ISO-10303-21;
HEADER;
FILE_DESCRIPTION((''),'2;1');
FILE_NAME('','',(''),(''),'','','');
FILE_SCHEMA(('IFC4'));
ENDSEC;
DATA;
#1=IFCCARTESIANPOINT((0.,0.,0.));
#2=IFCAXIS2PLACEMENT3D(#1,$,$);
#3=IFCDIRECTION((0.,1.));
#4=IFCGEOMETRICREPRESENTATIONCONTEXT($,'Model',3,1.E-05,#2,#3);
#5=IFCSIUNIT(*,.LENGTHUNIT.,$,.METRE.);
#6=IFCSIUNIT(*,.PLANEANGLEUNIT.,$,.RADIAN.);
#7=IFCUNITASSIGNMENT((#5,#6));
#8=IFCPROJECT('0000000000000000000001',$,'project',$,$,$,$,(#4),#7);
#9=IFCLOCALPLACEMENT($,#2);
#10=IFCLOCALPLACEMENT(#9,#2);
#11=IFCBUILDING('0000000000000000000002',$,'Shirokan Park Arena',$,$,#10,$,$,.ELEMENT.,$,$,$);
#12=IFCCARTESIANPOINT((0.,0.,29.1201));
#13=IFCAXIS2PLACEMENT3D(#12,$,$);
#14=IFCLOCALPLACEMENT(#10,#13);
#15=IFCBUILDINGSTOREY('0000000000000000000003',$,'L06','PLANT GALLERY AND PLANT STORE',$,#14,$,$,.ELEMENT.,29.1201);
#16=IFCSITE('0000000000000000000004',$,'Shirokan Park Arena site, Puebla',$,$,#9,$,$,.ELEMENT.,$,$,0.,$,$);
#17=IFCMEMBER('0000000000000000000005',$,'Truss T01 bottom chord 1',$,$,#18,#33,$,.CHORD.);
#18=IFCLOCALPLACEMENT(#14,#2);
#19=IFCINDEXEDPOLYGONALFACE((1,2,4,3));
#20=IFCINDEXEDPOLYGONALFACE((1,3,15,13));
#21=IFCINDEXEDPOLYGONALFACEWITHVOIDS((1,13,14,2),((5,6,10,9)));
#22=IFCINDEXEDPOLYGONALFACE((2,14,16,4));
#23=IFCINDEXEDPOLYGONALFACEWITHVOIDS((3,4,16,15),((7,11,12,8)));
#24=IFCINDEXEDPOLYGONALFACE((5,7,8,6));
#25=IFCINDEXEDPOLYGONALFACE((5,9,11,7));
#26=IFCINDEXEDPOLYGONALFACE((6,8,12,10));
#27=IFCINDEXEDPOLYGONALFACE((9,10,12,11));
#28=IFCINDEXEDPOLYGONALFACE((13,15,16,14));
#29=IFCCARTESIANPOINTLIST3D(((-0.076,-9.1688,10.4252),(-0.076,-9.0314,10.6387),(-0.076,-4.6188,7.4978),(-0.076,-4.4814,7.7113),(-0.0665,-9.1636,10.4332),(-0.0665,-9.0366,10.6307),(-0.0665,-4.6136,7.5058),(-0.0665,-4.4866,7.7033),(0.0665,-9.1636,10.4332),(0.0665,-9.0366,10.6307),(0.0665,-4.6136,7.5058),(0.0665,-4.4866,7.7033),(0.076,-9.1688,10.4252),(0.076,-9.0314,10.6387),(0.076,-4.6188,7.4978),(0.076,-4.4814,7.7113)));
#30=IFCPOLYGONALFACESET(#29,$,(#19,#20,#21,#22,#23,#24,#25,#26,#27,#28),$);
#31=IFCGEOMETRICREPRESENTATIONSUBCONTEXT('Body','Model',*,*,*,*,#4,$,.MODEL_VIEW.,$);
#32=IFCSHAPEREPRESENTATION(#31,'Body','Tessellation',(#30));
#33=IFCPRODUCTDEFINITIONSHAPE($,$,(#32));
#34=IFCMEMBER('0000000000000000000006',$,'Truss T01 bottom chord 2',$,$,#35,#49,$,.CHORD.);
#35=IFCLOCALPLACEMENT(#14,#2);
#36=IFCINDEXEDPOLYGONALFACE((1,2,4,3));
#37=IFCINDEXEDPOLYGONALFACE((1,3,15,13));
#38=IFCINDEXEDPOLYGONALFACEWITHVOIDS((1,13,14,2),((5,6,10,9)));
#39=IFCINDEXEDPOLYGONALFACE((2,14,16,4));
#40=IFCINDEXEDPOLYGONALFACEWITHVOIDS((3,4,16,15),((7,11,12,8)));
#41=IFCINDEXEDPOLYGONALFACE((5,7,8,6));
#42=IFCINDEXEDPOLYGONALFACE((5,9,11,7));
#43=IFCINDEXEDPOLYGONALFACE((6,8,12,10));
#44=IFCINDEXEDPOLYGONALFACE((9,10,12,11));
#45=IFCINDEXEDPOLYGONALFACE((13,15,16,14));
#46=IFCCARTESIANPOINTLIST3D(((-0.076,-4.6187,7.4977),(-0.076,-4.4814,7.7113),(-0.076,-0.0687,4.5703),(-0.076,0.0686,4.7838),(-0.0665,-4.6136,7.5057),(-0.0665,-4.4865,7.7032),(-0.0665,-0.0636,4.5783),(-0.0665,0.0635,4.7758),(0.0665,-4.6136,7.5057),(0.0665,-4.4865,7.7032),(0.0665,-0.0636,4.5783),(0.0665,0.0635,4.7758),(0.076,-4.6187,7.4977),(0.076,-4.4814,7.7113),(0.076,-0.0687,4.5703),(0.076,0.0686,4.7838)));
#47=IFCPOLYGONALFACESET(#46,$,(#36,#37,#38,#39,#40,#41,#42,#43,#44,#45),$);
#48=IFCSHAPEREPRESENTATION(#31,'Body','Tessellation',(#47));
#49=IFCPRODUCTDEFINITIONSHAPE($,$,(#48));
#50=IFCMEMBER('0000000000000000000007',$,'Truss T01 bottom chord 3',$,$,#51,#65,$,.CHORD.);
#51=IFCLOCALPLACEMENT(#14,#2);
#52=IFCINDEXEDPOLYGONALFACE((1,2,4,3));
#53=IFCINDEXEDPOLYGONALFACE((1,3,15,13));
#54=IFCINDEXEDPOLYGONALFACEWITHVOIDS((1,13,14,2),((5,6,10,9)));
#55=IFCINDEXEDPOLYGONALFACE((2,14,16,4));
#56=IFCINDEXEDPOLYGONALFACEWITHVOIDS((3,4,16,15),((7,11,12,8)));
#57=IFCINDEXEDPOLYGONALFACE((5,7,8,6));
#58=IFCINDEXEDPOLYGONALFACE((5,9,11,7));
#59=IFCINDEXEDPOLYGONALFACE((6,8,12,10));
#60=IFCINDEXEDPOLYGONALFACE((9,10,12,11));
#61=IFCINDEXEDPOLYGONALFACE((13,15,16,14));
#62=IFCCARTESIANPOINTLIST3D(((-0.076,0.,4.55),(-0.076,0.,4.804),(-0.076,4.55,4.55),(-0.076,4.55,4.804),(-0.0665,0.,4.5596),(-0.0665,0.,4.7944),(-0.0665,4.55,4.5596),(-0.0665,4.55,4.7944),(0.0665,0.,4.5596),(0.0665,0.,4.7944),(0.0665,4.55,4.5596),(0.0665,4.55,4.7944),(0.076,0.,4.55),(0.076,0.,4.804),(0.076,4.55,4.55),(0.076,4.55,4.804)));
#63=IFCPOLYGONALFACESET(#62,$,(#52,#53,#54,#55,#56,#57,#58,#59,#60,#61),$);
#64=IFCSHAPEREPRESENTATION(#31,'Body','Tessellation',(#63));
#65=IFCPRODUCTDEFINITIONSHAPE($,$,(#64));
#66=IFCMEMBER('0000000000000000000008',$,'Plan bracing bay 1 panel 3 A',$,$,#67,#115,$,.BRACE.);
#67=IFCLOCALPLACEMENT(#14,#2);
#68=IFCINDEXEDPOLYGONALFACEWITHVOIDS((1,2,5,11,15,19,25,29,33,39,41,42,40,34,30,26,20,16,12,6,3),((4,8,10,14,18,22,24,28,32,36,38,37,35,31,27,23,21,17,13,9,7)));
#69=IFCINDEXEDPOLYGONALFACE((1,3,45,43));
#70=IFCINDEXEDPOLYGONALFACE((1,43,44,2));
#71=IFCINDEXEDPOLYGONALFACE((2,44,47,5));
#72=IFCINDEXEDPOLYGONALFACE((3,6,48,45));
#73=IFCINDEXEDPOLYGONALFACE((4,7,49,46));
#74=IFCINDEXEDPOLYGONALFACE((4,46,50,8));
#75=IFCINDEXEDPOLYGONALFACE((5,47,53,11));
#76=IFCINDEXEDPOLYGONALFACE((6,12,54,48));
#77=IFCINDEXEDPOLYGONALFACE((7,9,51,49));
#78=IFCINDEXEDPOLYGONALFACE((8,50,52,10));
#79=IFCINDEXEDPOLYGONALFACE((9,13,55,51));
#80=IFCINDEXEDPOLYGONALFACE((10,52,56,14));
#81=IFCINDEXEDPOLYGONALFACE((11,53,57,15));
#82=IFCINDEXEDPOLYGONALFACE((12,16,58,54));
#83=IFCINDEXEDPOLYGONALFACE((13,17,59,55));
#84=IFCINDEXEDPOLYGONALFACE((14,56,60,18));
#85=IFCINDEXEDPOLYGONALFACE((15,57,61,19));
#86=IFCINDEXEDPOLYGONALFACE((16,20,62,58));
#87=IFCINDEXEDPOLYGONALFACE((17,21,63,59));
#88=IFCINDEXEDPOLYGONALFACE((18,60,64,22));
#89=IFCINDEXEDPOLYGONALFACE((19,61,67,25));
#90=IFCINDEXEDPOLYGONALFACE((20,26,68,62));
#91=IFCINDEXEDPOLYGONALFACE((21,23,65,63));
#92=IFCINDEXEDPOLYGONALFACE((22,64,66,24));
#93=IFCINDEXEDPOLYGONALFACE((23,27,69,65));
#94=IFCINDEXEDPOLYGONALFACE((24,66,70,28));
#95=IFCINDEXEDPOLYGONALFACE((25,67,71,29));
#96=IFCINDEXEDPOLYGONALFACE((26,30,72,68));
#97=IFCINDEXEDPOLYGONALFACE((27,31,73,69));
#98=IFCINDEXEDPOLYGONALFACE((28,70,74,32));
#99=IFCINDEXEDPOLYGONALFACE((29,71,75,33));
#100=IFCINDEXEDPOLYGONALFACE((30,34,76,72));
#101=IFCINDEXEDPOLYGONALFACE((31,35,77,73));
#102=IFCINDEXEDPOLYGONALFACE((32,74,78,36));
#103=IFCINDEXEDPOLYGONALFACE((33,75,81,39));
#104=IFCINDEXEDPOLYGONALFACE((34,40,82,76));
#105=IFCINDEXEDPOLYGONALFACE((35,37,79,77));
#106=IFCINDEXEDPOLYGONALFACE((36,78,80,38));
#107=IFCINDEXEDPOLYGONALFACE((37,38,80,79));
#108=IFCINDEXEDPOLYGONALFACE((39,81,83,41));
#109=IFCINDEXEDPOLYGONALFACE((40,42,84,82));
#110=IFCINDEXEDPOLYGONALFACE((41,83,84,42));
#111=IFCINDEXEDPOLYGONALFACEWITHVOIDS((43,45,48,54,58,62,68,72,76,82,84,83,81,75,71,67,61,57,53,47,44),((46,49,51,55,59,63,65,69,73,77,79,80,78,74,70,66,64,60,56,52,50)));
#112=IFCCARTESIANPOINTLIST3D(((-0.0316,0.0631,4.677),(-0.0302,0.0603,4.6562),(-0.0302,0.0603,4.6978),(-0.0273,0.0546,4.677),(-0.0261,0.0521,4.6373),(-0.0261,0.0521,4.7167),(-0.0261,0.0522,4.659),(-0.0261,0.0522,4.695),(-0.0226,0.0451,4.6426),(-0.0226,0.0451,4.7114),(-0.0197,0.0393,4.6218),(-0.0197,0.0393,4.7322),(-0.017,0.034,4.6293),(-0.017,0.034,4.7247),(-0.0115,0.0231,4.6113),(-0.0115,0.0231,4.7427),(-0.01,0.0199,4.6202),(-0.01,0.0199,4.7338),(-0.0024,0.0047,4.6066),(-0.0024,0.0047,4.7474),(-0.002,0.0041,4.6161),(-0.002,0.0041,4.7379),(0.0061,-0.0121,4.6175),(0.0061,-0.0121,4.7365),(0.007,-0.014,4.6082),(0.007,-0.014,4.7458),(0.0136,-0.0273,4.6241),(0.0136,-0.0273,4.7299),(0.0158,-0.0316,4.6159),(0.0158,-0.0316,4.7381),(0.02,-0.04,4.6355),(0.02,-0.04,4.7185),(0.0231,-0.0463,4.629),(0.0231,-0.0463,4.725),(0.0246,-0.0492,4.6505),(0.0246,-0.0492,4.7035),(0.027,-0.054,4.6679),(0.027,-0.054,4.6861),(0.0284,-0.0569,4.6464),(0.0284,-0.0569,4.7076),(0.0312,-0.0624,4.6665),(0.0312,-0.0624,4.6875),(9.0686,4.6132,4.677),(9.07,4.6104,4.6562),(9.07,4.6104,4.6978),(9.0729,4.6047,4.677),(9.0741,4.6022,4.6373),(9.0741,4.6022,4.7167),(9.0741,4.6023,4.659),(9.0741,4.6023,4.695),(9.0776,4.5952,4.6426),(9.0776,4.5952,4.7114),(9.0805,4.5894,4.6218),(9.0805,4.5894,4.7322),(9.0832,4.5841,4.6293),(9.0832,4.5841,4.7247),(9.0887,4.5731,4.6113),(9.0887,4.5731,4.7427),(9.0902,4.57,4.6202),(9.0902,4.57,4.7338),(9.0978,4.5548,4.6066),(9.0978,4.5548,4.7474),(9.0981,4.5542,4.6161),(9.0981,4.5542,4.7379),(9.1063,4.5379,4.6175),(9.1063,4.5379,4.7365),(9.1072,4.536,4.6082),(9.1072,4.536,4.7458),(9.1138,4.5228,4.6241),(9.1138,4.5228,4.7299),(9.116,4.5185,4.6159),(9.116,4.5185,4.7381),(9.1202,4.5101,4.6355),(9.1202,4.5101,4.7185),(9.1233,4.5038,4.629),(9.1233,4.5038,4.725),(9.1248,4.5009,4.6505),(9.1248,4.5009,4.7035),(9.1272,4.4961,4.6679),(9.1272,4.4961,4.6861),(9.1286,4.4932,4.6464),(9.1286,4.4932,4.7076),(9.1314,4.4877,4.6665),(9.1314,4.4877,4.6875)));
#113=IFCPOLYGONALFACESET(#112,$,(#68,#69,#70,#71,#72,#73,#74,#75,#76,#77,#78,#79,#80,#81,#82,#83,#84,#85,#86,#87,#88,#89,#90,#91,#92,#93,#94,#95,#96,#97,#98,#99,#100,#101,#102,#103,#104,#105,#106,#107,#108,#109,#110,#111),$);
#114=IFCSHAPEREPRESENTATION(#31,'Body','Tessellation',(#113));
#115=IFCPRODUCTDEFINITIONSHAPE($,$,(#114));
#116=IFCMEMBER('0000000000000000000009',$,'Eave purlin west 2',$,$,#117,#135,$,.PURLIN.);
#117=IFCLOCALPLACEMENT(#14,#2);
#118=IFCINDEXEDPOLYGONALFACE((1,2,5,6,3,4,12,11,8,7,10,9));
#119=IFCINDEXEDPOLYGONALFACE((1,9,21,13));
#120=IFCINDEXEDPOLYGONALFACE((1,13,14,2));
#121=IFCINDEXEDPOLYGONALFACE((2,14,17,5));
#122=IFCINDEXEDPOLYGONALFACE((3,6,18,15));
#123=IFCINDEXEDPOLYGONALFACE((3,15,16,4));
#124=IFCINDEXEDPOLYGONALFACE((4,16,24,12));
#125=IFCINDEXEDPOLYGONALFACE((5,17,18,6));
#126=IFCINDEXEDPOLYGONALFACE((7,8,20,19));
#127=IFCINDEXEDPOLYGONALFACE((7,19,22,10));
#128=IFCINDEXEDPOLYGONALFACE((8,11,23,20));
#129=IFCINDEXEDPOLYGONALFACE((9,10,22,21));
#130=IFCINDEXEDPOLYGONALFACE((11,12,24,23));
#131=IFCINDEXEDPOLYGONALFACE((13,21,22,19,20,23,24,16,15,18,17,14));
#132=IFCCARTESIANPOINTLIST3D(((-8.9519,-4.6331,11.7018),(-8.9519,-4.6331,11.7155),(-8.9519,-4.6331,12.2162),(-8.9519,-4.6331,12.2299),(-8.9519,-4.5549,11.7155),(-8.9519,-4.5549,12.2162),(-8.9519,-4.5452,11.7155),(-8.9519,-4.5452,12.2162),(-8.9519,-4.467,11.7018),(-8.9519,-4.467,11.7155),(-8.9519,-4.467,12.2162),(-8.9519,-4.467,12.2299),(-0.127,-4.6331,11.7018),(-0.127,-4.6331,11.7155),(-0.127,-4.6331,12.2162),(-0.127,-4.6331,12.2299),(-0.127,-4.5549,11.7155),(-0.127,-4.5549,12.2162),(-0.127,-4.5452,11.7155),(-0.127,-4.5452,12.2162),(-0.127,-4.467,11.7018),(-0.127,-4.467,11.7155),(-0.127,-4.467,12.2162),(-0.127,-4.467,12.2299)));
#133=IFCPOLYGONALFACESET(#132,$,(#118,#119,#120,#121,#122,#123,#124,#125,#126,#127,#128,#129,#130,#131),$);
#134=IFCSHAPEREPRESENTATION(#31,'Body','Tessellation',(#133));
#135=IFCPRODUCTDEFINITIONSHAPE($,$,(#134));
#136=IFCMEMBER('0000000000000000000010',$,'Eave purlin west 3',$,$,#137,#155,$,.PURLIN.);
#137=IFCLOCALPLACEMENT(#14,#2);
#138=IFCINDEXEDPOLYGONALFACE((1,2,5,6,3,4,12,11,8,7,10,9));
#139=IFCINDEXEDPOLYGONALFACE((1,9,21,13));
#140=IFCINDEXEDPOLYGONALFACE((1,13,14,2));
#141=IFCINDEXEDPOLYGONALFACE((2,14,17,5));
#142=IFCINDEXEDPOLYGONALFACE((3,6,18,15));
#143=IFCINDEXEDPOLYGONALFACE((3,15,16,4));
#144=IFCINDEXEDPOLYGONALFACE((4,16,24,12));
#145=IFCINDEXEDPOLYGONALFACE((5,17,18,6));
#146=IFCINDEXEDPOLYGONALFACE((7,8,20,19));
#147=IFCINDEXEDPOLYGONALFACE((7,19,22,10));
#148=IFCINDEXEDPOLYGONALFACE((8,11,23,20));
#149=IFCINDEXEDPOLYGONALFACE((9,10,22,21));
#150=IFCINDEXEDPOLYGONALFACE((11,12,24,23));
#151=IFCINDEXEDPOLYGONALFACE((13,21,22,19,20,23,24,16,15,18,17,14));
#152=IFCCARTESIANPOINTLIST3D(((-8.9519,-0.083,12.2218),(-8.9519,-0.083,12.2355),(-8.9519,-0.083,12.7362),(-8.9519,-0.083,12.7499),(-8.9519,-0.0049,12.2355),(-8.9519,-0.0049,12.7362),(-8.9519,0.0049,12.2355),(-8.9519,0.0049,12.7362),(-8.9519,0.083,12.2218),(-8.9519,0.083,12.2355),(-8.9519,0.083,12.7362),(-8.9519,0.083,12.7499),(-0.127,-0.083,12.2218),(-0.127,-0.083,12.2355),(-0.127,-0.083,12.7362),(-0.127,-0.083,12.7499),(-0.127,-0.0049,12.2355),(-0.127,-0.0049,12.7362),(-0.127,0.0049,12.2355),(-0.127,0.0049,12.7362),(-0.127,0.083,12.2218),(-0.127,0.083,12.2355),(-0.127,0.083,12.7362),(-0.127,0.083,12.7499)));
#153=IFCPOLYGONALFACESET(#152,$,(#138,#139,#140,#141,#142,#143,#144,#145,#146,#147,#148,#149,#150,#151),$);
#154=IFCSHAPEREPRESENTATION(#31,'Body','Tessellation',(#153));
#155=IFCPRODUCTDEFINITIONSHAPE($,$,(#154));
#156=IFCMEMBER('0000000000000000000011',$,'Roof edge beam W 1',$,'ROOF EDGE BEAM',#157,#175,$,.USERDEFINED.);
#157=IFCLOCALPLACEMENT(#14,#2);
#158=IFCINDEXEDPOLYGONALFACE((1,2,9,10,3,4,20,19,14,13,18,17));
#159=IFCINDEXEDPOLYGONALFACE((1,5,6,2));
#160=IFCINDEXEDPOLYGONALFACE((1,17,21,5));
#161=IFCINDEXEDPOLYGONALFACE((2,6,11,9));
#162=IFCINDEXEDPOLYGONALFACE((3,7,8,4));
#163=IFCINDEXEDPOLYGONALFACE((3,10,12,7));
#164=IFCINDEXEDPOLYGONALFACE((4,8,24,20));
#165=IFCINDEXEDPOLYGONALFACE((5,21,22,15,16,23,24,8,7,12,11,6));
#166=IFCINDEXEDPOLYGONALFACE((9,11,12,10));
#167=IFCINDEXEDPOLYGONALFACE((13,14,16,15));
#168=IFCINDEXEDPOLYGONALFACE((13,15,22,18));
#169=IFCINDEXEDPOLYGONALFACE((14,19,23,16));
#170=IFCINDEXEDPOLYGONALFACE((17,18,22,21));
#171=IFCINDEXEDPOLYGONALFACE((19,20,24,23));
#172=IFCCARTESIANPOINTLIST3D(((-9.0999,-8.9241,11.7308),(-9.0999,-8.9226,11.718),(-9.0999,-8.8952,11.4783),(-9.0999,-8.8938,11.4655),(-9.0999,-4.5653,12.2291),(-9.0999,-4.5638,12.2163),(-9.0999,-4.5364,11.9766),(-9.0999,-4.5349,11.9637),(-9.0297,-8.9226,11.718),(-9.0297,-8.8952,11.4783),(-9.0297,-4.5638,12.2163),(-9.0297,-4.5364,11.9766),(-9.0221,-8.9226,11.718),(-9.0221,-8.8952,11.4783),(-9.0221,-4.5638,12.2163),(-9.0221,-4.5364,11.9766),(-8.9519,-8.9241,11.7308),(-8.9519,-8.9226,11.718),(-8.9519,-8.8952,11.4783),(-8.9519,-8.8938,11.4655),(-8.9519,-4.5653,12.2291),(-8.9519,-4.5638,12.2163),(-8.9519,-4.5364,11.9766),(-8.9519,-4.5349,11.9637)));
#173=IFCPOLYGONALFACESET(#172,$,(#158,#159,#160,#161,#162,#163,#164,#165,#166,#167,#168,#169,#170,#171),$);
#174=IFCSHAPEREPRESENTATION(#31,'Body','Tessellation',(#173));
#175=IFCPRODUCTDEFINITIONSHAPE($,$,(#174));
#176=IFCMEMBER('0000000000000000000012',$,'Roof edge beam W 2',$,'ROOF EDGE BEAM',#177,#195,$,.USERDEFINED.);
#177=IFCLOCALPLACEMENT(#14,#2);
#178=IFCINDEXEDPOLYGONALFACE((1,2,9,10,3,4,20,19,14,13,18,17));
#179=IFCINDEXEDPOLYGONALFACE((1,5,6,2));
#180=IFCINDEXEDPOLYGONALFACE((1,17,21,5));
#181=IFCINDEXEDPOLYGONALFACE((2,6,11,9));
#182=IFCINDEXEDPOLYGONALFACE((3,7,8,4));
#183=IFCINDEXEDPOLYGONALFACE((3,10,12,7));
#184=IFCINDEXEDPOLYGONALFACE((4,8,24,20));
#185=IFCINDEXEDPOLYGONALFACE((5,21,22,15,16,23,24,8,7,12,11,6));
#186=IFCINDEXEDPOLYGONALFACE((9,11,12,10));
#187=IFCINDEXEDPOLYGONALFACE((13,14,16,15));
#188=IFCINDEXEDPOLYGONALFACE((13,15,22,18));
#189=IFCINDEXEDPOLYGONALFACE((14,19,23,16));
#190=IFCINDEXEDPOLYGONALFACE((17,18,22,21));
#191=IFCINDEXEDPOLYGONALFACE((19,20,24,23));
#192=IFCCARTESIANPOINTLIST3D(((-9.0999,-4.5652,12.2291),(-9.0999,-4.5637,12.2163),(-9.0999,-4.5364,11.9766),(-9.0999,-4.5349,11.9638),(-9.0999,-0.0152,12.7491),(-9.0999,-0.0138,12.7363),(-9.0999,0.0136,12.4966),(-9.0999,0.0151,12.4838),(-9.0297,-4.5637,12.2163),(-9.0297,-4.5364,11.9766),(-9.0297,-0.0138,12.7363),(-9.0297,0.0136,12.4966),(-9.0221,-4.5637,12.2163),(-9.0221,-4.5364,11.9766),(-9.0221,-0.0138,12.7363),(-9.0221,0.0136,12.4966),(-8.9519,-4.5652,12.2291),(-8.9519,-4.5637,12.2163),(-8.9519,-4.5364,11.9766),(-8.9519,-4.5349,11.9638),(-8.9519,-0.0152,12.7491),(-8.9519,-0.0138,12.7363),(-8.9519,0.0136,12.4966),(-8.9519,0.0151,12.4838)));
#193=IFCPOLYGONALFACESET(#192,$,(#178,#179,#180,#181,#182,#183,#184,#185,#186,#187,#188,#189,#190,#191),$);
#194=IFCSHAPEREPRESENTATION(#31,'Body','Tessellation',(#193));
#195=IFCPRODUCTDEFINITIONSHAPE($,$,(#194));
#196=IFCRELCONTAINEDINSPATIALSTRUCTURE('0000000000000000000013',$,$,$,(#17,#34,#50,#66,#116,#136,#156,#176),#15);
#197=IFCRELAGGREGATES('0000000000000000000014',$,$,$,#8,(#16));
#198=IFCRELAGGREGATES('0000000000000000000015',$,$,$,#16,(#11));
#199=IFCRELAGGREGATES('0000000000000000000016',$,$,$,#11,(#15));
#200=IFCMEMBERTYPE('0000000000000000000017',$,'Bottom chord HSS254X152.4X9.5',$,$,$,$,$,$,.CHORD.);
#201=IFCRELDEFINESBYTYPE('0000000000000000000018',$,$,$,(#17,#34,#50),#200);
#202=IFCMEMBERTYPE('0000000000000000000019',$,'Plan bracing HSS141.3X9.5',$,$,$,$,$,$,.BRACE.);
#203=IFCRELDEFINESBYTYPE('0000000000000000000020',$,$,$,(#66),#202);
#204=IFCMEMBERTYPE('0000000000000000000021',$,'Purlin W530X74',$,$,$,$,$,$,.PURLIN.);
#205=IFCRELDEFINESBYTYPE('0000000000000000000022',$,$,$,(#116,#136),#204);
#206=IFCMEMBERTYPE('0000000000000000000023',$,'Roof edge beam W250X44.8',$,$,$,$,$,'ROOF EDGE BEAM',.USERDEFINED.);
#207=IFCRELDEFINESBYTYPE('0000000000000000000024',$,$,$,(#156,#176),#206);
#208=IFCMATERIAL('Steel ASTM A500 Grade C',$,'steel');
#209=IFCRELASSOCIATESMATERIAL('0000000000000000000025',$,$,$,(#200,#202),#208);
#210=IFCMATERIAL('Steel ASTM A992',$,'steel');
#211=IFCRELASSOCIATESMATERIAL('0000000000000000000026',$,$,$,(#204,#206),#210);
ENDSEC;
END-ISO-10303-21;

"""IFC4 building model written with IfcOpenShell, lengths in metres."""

from ifc_helpers import new_model, si_unit, direction, frame, origin, origin_2d, place, context, subcontext, project, spatial, hollow_rectangle, hollow_circle, i_section, extrude, material, material_profile, profile_set, type_object, element, save


model = new_model("IFC4")

# Units and contexts
model_context = context("Model", 3, precision=1e-05, world=origin(), true_north=direction((0.0, 1.0)))
body_context = subcontext(model_context, "Body", "Model", "MODEL_VIEW")
ifc_project = project(units=[si_unit("LENGTHUNIT", "METRE"), si_unit("PLANEANGLEUNIT", "RADIAN")], contexts=[model_context])

# Site, building, storey
site_placement = place(None, origin())
site = spatial("IfcSite", under=ifc_project, at=site_placement, Name="Shirokan Park Arena site, Puebla", CompositionType="ELEMENT", RefElevation=0.0)
building_placement = place(site_placement, origin())
building = spatial("IfcBuilding", under=site, at=building_placement, Name="Shirokan Park Arena", CompositionType="ELEMENT")
storey_placement = place(building_placement, frame((0.0, 0.0, 29.1201)))
storey = spatial("IfcBuildingStorey", under=building, at=storey_placement, Name="L06", Description="PLANT GALLERY AND PLANT STORE", CompositionType="ELEMENT", Elevation=29.1201)

# Members
ifc_material_1 = material(Name="Steel ASTM A500 Grade C", Category="steel")
ifc_material_profile_1 = material_profile(ifc_material_1, hollow_rectangle(XDim=0.1521, YDim=0.2539, WallThickness=0.0095, at=origin_2d()), Name="HSS254X152.4X9.5")
ifc_profile_set_1 = profile_set([ifc_material_profile_1], Name="Steel ASTM A500 Grade C")
member_type_1 = type_object("IfcMemberType", Name="Bottom chord HSS254X152.4X9.5", PredefinedType="CHORD", material=ifc_profile_set_1)
for number, where, z_axis, x_axis, name in (
    (1, (0.0, -9.1001, 10.532), (0.0, 0.840972, -0.541079), (-1.0, 0.0, 0.0), "Truss T01 bottom chord 1"),
    (2, (0.0, -4.55, 7.6045), (0.0, 0.840972, -0.541079), (-1.0, 0.0, 0.0), "Truss T01 bottom chord 2"),
):
    element("IfcMember", number, at=place(storey_placement, frame(where, z_axis=z_axis, x_axis=x_axis)), inside=storey, type_object=member_type_1, Name=name, PredefinedType="CHORD", context=body_context, shape_type="SweptSolid", body=[
        extrude(hollow_rectangle(XDim=0.1521, YDim=0.2539, WallThickness=0.0095, at=origin_2d()), origin(), (0.0, 0.0, 1.0), 5.4104),
    ])
member_1_placement = place(storey_placement, frame((0.0, 0.0, 4.677), z_axis=(0.0, 1.0, 0.0), x_axis=(-1.0, 0.0, 0.0)))
element("IfcMember", 3, at=member_1_placement, inside=storey, type_object=member_type_1, Name="Truss T01 bottom chord 3", PredefinedType="CHORD", context=body_context, shape_type="SweptSolid", body=[
    extrude(hollow_rectangle(XDim=0.1521, YDim=0.2539, WallThickness=0.0095, at=origin_2d()), origin(), (0.0, 0.0, 1.0), 4.55),
])
ifc_material_profile_2 = material_profile(ifc_material_1, hollow_circle(Radius=0.0706, WallThickness=0.0095, at=origin_2d()), Name="HSS141.3X9.5")
ifc_profile_set_2 = profile_set([ifc_material_profile_2], Name="Steel ASTM A500 Grade C")
member_type_2 = type_object("IfcMemberType", Name="Plan bracing HSS141.3X9.5", PredefinedType="BRACE", material=ifc_profile_set_2)
member_2_placement = place(storey_placement, frame((0.0, 0.0, 4.677), z_axis=(0.894427, 0.447214, 0.0), x_axis=(-0.447214, 0.894427, 0.0)))
element("IfcMember", 4, at=member_2_placement, inside=storey, type_object=member_type_2, Name="Plan bracing bay 1 panel 3 A", PredefinedType="BRACE", context=body_context, shape_type="SweptSolid", body=[
    extrude(hollow_circle(Radius=0.0706, WallThickness=0.0095, at=origin_2d()), origin(), (0.0, 0.0, 1.0), 10.1743),
])
ifc_material_2 = material(Name="Steel ASTM A992", Category="steel")
ifc_material_profile_3 = material_profile(ifc_material_2, i_section(OverallWidth=0.166, OverallDepth=0.5281, WebThickness=0.0098, FlangeThickness=0.0137, at=origin_2d()), Name="W530X74")
ifc_profile_set_3 = profile_set([ifc_material_profile_3], Name="Steel ASTM A992")
member_type_3 = type_object("IfcMemberType", Name="Purlin W530X74", PredefinedType="PURLIN", material=ifc_profile_set_3)
for number, where, z_axis, x_axis, name in (
    (5, (-8.9519, -4.55, 11.9658), (1.0, 0.0, 0.0), (0.0, 1.0, 0.0), "Eave purlin west 2"),
    (6, (-8.9519, 0.0, 12.4858), (1.0, 0.0, 0.0), (0.0, 1.0, 0.0), "Eave purlin west 3"),
):
    element("IfcMember", number, at=place(storey_placement, frame(where, z_axis=z_axis, x_axis=x_axis)), inside=storey, type_object=member_type_3, Name=name, PredefinedType="PURLIN", context=body_context, shape_type="SweptSolid", body=[
        extrude(i_section(OverallWidth=0.166, OverallDepth=0.5281, WebThickness=0.0098, FlangeThickness=0.0137, at=origin_2d()), origin(), (0.0, 0.0, 1.0), 8.825),
    ])
ifc_material_profile_4 = material_profile(ifc_material_2, i_section(OverallWidth=0.1479, OverallDepth=0.2671, WebThickness=0.0076, FlangeThickness=0.0129, at=origin_2d()), Name="W250X44.8")
ifc_profile_set_4 = profile_set([ifc_material_profile_4], Name="Steel ASTM A992")
member_type_4 = type_object("IfcMemberType", Name="Roof edge beam W250X44.8", ElementType="ROOF EDGE BEAM", PredefinedType="USERDEFINED", material=ifc_profile_set_4)
member_3_placement = place(storey_placement, frame((-9.0259, -8.9089, 11.5981), z_axis=(0.0, 0.993529, 0.113576), x_axis=(-1.0, 0.0, 0.0)))
element("IfcMember", 7, at=member_3_placement, inside=storey, type_object=member_type_4, Name="Roof edge beam W 1", ObjectType="ROOF EDGE BEAM", PredefinedType="USERDEFINED", context=body_context, shape_type="SweptSolid", body=[
    extrude(i_section(OverallWidth=0.1479, OverallDepth=0.2671, WebThickness=0.0076, FlangeThickness=0.0129, at=origin_2d()), origin(), (0.0, 0.0, 1.0), 4.3872),
])
for number, where, z_axis, x_axis, name in (
    (8, (-9.0259, -4.55, 12.0964), (0.0, 0.993532, 0.11355), (-1.0, 0.0, 0.0), "Roof edge beam W 2"),
):
    element("IfcMember", number, at=place(storey_placement, frame(where, z_axis=z_axis, x_axis=x_axis)), inside=storey, type_object=member_type_4, Name=name, ObjectType="ROOF EDGE BEAM", PredefinedType="USERDEFINED", context=body_context, shape_type="SweptSolid", body=[
        extrude(i_section(OverallWidth=0.1479, OverallDepth=0.2671, WebThickness=0.0076, FlangeThickness=0.0129, at=origin_2d()), origin(), (0.0, 0.0, 1.0), 4.5796),
    ])

save(model, "model.ifc")
